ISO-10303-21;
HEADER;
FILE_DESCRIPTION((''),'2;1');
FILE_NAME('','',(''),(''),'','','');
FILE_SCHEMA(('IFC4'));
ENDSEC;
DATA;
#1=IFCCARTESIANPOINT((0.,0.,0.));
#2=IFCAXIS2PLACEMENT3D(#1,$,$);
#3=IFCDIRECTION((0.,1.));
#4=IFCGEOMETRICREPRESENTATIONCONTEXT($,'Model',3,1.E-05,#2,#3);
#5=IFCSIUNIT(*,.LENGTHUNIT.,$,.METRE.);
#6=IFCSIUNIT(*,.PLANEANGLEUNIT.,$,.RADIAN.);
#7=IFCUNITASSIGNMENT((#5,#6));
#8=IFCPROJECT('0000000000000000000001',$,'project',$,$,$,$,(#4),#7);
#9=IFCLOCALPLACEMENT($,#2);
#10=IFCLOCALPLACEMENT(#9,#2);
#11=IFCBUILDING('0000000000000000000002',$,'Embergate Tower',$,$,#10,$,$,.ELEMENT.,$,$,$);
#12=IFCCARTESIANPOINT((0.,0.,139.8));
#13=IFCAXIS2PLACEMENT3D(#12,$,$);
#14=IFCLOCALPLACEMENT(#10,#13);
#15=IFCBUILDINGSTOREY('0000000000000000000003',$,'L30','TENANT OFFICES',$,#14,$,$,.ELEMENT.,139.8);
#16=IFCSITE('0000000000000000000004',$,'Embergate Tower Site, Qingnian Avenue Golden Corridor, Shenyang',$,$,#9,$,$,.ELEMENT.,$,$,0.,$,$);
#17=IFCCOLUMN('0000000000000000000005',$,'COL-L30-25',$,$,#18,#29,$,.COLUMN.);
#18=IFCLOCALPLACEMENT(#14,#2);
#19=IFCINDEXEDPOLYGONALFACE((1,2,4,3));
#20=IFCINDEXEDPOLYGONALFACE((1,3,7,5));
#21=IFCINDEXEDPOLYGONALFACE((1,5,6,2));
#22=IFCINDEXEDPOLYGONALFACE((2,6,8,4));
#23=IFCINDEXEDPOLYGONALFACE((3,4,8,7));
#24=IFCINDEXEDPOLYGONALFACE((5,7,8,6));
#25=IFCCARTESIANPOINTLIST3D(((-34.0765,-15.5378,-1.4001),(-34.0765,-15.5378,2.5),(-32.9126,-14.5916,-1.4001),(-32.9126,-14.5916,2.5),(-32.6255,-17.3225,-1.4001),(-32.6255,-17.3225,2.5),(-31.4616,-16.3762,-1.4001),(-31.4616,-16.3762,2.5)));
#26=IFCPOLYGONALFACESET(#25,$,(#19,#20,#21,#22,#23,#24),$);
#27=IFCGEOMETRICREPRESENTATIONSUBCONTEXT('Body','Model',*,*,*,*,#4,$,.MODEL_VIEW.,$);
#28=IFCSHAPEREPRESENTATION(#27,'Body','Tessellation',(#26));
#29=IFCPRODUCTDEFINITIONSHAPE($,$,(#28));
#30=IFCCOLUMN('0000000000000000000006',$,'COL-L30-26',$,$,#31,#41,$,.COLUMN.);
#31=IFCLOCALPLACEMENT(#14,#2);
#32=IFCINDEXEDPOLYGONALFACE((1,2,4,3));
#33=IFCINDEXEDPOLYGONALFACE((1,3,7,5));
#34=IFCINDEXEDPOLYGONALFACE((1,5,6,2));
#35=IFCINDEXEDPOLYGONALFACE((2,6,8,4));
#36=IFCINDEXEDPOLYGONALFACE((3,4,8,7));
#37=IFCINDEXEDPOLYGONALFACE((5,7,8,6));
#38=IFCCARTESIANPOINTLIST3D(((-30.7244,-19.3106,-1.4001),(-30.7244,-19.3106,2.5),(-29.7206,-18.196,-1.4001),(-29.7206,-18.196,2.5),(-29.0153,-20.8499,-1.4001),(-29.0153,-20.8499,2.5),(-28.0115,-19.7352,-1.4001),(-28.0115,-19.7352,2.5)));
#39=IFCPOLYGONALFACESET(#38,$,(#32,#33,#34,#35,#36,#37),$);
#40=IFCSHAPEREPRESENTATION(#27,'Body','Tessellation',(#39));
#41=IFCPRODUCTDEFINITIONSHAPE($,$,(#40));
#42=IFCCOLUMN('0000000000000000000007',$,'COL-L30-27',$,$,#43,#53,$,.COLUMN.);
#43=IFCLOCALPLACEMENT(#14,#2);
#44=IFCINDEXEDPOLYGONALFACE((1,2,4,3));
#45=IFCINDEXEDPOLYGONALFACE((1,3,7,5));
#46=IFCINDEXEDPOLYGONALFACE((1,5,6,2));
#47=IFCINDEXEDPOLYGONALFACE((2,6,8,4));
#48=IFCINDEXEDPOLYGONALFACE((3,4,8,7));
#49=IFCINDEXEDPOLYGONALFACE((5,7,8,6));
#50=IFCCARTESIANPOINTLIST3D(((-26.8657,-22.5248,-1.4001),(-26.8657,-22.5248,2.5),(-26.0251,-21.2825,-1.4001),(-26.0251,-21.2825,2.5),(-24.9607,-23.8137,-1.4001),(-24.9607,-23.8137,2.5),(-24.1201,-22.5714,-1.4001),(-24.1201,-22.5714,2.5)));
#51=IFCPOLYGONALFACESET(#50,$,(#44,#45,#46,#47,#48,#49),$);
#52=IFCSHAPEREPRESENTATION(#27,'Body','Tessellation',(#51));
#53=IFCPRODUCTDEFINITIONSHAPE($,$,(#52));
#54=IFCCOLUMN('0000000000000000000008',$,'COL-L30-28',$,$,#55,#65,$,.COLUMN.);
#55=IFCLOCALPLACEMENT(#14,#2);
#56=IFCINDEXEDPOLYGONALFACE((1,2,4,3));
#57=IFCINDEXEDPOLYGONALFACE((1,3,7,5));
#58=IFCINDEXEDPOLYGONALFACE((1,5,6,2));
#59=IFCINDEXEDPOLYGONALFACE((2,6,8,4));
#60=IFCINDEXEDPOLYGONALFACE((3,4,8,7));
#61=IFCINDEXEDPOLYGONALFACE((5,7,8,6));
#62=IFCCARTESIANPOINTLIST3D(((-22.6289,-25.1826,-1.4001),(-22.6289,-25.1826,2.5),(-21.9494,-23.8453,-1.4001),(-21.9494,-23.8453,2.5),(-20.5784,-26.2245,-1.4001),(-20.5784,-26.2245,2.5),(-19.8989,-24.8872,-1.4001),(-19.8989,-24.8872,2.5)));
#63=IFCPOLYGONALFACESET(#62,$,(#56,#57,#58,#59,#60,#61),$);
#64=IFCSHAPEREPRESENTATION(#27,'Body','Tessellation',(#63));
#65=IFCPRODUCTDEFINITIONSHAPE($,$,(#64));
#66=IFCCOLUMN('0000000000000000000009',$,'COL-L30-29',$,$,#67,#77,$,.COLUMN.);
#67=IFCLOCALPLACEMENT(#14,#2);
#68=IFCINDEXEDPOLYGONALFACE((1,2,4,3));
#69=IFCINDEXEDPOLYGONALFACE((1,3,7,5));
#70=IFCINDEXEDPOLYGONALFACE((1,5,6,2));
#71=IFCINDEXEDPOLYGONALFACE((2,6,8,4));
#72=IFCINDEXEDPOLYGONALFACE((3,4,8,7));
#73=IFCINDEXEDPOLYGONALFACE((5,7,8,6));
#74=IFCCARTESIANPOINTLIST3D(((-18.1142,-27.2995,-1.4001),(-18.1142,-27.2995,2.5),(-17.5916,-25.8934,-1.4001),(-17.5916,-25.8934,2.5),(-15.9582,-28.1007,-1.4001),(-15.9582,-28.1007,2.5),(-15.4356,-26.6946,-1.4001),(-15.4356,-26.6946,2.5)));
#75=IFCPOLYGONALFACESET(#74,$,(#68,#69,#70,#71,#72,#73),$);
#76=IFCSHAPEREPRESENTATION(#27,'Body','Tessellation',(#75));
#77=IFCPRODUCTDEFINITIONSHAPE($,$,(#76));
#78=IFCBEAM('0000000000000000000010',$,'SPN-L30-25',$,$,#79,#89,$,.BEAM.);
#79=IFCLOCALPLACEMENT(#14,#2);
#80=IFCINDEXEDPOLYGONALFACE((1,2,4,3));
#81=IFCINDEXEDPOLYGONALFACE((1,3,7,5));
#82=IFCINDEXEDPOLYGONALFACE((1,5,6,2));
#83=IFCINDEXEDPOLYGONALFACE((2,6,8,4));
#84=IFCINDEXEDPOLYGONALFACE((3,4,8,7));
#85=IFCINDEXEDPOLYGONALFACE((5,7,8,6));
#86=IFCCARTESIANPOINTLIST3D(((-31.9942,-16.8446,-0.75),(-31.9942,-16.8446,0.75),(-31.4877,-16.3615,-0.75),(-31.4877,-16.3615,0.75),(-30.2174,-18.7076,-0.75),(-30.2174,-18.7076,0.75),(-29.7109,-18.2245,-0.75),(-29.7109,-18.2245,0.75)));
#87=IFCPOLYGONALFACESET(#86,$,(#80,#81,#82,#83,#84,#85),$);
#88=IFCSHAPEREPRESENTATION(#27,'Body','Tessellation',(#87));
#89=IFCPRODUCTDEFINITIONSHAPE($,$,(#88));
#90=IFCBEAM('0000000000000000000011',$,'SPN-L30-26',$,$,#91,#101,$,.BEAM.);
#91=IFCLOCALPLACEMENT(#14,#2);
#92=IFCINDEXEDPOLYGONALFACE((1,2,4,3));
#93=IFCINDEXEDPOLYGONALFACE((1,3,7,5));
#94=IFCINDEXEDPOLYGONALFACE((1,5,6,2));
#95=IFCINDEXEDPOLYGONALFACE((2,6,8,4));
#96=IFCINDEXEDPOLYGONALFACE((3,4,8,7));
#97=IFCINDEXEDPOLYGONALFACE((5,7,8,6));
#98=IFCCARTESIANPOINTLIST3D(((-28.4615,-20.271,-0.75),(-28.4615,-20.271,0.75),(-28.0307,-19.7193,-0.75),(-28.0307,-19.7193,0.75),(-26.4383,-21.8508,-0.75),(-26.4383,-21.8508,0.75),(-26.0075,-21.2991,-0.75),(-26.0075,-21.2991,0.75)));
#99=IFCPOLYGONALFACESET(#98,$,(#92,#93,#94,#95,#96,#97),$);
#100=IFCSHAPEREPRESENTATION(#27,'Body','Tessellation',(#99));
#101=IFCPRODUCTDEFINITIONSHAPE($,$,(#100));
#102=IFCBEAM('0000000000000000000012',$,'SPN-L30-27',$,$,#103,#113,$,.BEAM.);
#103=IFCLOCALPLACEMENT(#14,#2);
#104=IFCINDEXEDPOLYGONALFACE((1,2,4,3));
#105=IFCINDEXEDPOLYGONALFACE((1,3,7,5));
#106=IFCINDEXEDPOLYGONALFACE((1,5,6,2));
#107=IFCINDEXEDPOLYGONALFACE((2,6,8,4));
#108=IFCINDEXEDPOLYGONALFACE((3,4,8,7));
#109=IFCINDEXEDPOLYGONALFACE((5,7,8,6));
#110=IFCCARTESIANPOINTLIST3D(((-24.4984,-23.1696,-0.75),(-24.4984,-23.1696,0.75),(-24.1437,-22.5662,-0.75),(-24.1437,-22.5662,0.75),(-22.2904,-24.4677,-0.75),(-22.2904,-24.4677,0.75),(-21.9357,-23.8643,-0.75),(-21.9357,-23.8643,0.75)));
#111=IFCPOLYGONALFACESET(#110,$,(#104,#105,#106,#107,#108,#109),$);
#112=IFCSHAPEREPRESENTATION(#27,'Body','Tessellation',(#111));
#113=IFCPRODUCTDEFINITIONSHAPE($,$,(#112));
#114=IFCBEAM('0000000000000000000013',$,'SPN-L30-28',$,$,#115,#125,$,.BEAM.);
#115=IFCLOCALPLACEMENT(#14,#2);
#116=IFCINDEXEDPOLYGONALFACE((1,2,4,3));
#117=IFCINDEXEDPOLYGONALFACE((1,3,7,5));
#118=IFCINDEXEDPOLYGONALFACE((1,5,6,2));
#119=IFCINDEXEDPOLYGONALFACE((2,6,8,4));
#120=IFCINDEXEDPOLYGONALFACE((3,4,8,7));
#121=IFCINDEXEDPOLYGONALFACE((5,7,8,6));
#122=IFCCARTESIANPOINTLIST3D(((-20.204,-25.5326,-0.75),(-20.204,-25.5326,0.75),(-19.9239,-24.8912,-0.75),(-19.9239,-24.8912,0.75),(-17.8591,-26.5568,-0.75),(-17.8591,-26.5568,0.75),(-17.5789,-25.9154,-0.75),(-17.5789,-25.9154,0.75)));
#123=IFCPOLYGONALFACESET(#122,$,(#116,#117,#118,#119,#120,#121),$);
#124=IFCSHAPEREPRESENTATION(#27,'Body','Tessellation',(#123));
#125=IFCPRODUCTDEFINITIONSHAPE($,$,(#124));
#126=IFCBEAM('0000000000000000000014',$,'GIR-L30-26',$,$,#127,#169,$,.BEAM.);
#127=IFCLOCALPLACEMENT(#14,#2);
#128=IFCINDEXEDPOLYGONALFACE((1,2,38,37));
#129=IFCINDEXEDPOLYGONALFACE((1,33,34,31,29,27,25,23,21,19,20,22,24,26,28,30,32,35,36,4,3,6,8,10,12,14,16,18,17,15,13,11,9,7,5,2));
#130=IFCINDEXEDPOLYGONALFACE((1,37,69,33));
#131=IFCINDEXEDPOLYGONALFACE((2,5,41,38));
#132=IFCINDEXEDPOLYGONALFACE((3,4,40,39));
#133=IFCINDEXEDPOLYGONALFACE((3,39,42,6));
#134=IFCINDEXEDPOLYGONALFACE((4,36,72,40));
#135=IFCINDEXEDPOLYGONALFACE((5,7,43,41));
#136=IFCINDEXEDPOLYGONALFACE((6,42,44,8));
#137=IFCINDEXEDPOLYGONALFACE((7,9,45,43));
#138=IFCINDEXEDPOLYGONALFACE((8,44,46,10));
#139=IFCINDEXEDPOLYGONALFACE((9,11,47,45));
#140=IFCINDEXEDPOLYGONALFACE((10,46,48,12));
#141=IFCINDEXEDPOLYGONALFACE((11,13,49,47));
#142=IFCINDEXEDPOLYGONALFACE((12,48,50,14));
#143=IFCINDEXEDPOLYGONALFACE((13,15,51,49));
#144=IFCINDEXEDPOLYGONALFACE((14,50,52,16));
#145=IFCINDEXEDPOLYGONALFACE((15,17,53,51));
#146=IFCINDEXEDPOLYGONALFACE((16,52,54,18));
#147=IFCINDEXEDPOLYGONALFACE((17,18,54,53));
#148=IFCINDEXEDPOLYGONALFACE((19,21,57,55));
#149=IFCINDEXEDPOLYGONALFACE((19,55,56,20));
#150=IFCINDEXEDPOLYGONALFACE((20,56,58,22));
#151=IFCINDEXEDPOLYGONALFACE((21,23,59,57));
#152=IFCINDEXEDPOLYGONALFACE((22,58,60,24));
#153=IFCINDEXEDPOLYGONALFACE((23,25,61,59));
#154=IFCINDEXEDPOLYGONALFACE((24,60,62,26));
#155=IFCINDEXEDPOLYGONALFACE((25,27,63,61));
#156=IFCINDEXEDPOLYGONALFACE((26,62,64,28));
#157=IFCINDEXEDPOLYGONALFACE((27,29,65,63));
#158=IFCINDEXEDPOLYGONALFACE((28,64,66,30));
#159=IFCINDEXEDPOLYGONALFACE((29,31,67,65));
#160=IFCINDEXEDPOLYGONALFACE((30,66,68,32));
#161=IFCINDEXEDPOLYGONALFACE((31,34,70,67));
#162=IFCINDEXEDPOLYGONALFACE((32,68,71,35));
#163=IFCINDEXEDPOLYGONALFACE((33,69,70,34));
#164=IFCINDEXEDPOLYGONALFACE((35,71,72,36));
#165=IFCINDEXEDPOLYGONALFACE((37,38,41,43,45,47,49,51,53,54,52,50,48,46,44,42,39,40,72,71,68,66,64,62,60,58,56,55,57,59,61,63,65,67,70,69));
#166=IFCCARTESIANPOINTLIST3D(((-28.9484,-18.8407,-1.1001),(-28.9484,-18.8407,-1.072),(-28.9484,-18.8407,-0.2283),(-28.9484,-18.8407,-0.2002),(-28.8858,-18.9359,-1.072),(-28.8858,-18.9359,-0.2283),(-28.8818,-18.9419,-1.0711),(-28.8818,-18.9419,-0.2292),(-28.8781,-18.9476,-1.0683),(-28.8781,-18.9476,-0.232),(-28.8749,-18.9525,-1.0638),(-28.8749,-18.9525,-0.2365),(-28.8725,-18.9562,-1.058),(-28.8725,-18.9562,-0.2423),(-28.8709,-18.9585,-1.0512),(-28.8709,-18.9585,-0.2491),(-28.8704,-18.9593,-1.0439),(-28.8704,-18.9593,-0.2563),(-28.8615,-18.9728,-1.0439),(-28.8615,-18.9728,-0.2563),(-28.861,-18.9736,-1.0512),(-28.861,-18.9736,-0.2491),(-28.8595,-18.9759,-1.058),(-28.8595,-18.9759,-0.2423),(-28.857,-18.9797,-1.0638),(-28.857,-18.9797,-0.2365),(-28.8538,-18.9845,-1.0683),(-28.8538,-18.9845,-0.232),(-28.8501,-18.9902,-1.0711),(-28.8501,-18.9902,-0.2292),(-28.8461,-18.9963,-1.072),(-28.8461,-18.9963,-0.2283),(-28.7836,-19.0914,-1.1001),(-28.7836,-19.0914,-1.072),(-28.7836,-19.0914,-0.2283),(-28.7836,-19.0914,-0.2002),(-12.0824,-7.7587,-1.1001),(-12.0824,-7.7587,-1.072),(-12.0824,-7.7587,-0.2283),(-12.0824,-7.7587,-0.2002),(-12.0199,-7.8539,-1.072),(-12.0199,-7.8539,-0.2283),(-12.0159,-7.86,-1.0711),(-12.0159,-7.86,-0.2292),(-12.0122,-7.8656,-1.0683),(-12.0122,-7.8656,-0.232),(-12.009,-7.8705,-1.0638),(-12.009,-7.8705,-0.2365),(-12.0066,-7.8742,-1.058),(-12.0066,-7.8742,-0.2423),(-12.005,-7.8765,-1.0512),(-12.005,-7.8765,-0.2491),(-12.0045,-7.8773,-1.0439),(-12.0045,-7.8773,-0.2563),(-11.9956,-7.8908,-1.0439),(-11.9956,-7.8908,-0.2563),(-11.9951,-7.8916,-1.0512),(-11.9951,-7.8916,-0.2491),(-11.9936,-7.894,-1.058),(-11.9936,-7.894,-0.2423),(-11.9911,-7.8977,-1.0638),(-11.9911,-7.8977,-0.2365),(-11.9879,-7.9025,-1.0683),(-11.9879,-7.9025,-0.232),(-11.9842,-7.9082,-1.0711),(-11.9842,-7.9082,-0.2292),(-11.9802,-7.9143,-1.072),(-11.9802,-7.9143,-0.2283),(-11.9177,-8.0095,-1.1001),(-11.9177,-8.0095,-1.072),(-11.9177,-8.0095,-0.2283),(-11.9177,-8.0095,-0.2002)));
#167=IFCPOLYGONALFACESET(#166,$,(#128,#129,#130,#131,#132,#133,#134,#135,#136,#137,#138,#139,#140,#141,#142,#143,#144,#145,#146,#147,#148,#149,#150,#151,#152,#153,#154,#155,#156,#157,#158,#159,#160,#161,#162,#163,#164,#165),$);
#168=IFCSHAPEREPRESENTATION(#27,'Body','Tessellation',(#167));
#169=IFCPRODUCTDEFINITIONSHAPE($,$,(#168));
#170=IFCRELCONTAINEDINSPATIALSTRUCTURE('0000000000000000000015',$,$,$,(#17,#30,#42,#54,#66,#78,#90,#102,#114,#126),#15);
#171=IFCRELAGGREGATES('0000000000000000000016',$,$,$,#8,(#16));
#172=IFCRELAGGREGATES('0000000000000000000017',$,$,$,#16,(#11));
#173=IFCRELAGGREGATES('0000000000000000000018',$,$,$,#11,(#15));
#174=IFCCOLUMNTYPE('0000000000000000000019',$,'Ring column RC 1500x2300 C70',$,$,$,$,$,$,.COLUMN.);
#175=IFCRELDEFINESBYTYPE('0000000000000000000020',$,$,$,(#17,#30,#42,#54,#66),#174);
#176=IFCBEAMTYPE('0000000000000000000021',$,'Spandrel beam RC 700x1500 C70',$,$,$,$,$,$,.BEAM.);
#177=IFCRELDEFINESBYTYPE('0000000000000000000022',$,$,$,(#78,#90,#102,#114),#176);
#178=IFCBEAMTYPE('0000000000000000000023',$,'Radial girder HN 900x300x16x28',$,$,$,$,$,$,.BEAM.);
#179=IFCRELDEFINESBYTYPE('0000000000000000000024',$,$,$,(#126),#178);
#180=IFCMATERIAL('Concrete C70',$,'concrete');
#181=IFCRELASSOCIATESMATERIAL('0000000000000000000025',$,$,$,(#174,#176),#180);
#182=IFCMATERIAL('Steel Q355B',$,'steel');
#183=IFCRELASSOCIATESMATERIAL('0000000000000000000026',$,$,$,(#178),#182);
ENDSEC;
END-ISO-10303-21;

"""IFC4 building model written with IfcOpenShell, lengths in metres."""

from ifc_helpers import new_model, si_unit, direction, frame, origin, origin_2d, place, context, subcontext, project, spatial, rectangle, i_section, extrude, source, transform, mapped, material, material_profile, profile_set, type_object, element, save


model = new_model("IFC4")

# Units and contexts
model_context = context("Model", 3, precision=1e-05, world=origin(), true_north=direction((0.0, 1.0)))
body_context = subcontext(model_context, "Body", "Model", "MODEL_VIEW")
ifc_project = project(units=[si_unit("LENGTHUNIT", "METRE"), si_unit("PLANEANGLEUNIT", "RADIAN")], contexts=[model_context])

# Site, building, storey
site_placement = place(None, origin())
site = spatial("IfcSite", under=ifc_project, at=site_placement, Name="Embergate Tower Site, Qingnian Avenue Golden Corridor, Shenyang", CompositionType="ELEMENT", RefElevation=0.0)
building_placement = place(site_placement, origin())
building = spatial("IfcBuilding", under=site, at=building_placement, Name="Embergate Tower", CompositionType="ELEMENT")
storey_placement = place(building_placement, frame((0.0, 0.0, 139.8)))
storey = spatial("IfcBuildingStorey", under=building, at=storey_placement, Name="L30", Description="TENANT OFFICES", CompositionType="ELEMENT", Elevation=139.8)

# Columns
ifc_material_1 = material(Name="Concrete C70", Category="concrete")
ifc_material_profile_1 = material_profile(ifc_material_1, rectangle(XDim=1.5, YDim=2.3, at=origin_2d()), Name="RC 1500x2300")
ifc_profile_set_1 = profile_set([ifc_material_profile_1], Name="Concrete C70")
column_type = type_object("IfcColumnType", Name="Ring column RC 1500x2300 C70", PredefinedType="COLUMN", material=ifc_profile_set_1)
shared_shape_1 = source(origin(), body_context, "Body", "SweptSolid", [
    extrude(rectangle(XDim=1.5, YDim=2.3, at=origin_2d()), origin(), (0.0, 0.0, 1.0), 3.9001),
])
for number, where, z_axis, x_axis, name in (
    (1, (-32.769, -15.957, -1.4001), (0.0, 0.0, 1.0), (-0.775914, -0.630838, 0.0), "COL-L30-25"),
    (2, (-29.3679, -19.5229, -1.4001), (0.0, 0.0, 1.0), (-0.669208, -0.743075, 0.0), "COL-L30-26"),
    (3, (-25.4929, -22.5481, -1.4001), (0.0, 0.0, 1.0), (-0.560393, -0.828227, 0.0), "COL-L30-27"),
    (4, (-21.2639, -25.0349, -1.4001), (0.0, 0.0, 1.0), (-0.452995, -0.891513, 0.0), "COL-L30-28"),
    (5, (-16.7749, -26.9971, -1.4001), (0.0, 0.0, 1.0), (-0.348343, -0.937367, 0.0), "COL-L30-29"),
):
    element("IfcColumn", number, at=place(storey_placement, frame(where, z_axis=z_axis, x_axis=x_axis)), inside=storey, type_object=column_type, Name=name, PredefinedType="COLUMN", context=body_context, shape_type="MappedRepresentation", body=[
        mapped(shared_shape_1, transform((0.0, 0.0, 0.0))),
    ])

# Beams
ifc_material_profile_2 = material_profile(ifc_material_1, rectangle(XDim=0.7, YDim=1.5, at=origin_2d()), Name="RC 700x1500")
ifc_profile_set_2 = profile_set([ifc_material_profile_2], Name="Concrete C70")
beam_type_1 = type_object("IfcBeamType", Name="Spandrel beam RC 700x1500 C70", PredefinedType="BEAM", material=ifc_profile_set_2)
shared_shape_2 = source(origin(), body_context, "Body", "SweptSolid", [
    extrude(rectangle(XDim=0.7, YDim=1.5, at=origin_2d()), origin(), (0.0, 0.0, 1.0), 2.5745),
])
beam_1_placement = place(storey_placement, frame((-31.741, -16.603, 0.0), z_axis=(0.690171, -0.723646, 0.0), x_axis=(0.723646, 0.690171, 0.0)))
element("IfcBeam", 6, at=beam_1_placement, inside=storey, type_object=beam_type_1, Name="SPN-L30-25", PredefinedType="BEAM", context=body_context, shape_type="MappedRepresentation", body=[
    mapped(shared_shape_2, transform((0.0, 0.0, 0.0))),
])
shared_shape_3 = source(origin(), body_context, "Body", "SweptSolid", [
    extrude(rectangle(XDim=0.7, YDim=1.5, at=origin_2d()), origin(), (0.0, 0.0, 1.0), 2.5669),
])
beam_2_placement = place(storey_placement, frame((-28.2461, -19.9951, 0.0), z_axis=(0.788173, -0.615454, 0.0), x_axis=(0.615454, 0.788173, 0.0)))
element("IfcBeam", 7, at=beam_2_placement, inside=storey, type_object=beam_type_1, Name="SPN-L30-26", PredefinedType="BEAM", context=body_context, shape_type="MappedRepresentation", body=[
    mapped(shared_shape_3, transform((0.0, 0.0, 0.0))),
])
shared_shape_4 = source(origin(), body_context, "Body", "SweptSolid", [
    extrude(rectangle(XDim=0.7, YDim=1.5, at=origin_2d()), origin(), (0.0, 0.0, 1.0), 2.5613),
])
beam_3_placement = place(storey_placement, frame((-24.321, -22.8679, 0.0), z_axis=(0.862059, -0.506808, 0.0), x_axis=(0.506808, 0.862059, 0.0)))
element("IfcBeam", 8, at=beam_3_placement, inside=storey, type_object=beam_type_1, Name="SPN-L30-27", PredefinedType="BEAM", context=body_context, shape_type="MappedRepresentation", body=[
    mapped(shared_shape_4, transform((0.0, 0.0, 0.0))),
])
shared_shape_5 = source(origin(), body_context, "Body", "SweptSolid", [
    extrude(rectangle(XDim=0.7, YDim=1.5, at=origin_2d()), origin(), (0.0, 0.0, 1.0), 2.5588),
])
beam_4_placement = place(storey_placement, frame((-20.064, -25.2119, 0.0), z_axis=(0.916409, -0.400243, 0.0), x_axis=(0.400243, 0.916409, 0.0)))
element("IfcBeam", 9, at=beam_4_placement, inside=storey, type_object=beam_type_1, Name="SPN-L30-28", PredefinedType="BEAM", context=body_context, shape_type="MappedRepresentation", body=[
    mapped(shared_shape_5, transform((0.0, 0.0, 0.0))),
])
ifc_material_2 = material(Name="Steel Q355B", Category="steel")
ifc_material_profile_3 = material_profile(ifc_material_2, i_section(OverallWidth=0.3, OverallDepth=0.8999, WebThickness=0.0161, FlangeThickness=0.0281, FilletRadius=0.0281, at=origin_2d()), Name="HN 900x300x16x28")
ifc_profile_set_3 = profile_set([ifc_material_profile_3], Name="Steel Q355 grade B")
beam_type_2 = type_object("IfcBeamType", Name="Radial girder HN 900x300x16x28", PredefinedType="BEAM", material=ifc_profile_set_3)
shared_shape_6 = source(origin(), body_context, "Body", "SweptSolid", [
    extrude(i_section(OverallWidth=0.3, OverallDepth=0.8999, WebThickness=0.0161, FlangeThickness=0.0281, FilletRadius=0.0281, at=origin_2d()), origin(), (0.0, 0.0, 1.0), 20.1809),
])
beam_5_placement = place(storey_placement, frame((-28.866, -18.9661, -0.6501), z_axis=(0.835735, 0.549132, 0.0), x_axis=(-0.549132, 0.835735, 0.0)))
element("IfcBeam", 10, at=beam_5_placement, inside=storey, type_object=beam_type_2, Name="GIR-L30-26", PredefinedType="BEAM", context=body_context, shape_type="MappedRepresentation", body=[
    mapped(shared_shape_6, transform((0.0, 0.0, 0.0))),
])

save(model, "model.ifc")
